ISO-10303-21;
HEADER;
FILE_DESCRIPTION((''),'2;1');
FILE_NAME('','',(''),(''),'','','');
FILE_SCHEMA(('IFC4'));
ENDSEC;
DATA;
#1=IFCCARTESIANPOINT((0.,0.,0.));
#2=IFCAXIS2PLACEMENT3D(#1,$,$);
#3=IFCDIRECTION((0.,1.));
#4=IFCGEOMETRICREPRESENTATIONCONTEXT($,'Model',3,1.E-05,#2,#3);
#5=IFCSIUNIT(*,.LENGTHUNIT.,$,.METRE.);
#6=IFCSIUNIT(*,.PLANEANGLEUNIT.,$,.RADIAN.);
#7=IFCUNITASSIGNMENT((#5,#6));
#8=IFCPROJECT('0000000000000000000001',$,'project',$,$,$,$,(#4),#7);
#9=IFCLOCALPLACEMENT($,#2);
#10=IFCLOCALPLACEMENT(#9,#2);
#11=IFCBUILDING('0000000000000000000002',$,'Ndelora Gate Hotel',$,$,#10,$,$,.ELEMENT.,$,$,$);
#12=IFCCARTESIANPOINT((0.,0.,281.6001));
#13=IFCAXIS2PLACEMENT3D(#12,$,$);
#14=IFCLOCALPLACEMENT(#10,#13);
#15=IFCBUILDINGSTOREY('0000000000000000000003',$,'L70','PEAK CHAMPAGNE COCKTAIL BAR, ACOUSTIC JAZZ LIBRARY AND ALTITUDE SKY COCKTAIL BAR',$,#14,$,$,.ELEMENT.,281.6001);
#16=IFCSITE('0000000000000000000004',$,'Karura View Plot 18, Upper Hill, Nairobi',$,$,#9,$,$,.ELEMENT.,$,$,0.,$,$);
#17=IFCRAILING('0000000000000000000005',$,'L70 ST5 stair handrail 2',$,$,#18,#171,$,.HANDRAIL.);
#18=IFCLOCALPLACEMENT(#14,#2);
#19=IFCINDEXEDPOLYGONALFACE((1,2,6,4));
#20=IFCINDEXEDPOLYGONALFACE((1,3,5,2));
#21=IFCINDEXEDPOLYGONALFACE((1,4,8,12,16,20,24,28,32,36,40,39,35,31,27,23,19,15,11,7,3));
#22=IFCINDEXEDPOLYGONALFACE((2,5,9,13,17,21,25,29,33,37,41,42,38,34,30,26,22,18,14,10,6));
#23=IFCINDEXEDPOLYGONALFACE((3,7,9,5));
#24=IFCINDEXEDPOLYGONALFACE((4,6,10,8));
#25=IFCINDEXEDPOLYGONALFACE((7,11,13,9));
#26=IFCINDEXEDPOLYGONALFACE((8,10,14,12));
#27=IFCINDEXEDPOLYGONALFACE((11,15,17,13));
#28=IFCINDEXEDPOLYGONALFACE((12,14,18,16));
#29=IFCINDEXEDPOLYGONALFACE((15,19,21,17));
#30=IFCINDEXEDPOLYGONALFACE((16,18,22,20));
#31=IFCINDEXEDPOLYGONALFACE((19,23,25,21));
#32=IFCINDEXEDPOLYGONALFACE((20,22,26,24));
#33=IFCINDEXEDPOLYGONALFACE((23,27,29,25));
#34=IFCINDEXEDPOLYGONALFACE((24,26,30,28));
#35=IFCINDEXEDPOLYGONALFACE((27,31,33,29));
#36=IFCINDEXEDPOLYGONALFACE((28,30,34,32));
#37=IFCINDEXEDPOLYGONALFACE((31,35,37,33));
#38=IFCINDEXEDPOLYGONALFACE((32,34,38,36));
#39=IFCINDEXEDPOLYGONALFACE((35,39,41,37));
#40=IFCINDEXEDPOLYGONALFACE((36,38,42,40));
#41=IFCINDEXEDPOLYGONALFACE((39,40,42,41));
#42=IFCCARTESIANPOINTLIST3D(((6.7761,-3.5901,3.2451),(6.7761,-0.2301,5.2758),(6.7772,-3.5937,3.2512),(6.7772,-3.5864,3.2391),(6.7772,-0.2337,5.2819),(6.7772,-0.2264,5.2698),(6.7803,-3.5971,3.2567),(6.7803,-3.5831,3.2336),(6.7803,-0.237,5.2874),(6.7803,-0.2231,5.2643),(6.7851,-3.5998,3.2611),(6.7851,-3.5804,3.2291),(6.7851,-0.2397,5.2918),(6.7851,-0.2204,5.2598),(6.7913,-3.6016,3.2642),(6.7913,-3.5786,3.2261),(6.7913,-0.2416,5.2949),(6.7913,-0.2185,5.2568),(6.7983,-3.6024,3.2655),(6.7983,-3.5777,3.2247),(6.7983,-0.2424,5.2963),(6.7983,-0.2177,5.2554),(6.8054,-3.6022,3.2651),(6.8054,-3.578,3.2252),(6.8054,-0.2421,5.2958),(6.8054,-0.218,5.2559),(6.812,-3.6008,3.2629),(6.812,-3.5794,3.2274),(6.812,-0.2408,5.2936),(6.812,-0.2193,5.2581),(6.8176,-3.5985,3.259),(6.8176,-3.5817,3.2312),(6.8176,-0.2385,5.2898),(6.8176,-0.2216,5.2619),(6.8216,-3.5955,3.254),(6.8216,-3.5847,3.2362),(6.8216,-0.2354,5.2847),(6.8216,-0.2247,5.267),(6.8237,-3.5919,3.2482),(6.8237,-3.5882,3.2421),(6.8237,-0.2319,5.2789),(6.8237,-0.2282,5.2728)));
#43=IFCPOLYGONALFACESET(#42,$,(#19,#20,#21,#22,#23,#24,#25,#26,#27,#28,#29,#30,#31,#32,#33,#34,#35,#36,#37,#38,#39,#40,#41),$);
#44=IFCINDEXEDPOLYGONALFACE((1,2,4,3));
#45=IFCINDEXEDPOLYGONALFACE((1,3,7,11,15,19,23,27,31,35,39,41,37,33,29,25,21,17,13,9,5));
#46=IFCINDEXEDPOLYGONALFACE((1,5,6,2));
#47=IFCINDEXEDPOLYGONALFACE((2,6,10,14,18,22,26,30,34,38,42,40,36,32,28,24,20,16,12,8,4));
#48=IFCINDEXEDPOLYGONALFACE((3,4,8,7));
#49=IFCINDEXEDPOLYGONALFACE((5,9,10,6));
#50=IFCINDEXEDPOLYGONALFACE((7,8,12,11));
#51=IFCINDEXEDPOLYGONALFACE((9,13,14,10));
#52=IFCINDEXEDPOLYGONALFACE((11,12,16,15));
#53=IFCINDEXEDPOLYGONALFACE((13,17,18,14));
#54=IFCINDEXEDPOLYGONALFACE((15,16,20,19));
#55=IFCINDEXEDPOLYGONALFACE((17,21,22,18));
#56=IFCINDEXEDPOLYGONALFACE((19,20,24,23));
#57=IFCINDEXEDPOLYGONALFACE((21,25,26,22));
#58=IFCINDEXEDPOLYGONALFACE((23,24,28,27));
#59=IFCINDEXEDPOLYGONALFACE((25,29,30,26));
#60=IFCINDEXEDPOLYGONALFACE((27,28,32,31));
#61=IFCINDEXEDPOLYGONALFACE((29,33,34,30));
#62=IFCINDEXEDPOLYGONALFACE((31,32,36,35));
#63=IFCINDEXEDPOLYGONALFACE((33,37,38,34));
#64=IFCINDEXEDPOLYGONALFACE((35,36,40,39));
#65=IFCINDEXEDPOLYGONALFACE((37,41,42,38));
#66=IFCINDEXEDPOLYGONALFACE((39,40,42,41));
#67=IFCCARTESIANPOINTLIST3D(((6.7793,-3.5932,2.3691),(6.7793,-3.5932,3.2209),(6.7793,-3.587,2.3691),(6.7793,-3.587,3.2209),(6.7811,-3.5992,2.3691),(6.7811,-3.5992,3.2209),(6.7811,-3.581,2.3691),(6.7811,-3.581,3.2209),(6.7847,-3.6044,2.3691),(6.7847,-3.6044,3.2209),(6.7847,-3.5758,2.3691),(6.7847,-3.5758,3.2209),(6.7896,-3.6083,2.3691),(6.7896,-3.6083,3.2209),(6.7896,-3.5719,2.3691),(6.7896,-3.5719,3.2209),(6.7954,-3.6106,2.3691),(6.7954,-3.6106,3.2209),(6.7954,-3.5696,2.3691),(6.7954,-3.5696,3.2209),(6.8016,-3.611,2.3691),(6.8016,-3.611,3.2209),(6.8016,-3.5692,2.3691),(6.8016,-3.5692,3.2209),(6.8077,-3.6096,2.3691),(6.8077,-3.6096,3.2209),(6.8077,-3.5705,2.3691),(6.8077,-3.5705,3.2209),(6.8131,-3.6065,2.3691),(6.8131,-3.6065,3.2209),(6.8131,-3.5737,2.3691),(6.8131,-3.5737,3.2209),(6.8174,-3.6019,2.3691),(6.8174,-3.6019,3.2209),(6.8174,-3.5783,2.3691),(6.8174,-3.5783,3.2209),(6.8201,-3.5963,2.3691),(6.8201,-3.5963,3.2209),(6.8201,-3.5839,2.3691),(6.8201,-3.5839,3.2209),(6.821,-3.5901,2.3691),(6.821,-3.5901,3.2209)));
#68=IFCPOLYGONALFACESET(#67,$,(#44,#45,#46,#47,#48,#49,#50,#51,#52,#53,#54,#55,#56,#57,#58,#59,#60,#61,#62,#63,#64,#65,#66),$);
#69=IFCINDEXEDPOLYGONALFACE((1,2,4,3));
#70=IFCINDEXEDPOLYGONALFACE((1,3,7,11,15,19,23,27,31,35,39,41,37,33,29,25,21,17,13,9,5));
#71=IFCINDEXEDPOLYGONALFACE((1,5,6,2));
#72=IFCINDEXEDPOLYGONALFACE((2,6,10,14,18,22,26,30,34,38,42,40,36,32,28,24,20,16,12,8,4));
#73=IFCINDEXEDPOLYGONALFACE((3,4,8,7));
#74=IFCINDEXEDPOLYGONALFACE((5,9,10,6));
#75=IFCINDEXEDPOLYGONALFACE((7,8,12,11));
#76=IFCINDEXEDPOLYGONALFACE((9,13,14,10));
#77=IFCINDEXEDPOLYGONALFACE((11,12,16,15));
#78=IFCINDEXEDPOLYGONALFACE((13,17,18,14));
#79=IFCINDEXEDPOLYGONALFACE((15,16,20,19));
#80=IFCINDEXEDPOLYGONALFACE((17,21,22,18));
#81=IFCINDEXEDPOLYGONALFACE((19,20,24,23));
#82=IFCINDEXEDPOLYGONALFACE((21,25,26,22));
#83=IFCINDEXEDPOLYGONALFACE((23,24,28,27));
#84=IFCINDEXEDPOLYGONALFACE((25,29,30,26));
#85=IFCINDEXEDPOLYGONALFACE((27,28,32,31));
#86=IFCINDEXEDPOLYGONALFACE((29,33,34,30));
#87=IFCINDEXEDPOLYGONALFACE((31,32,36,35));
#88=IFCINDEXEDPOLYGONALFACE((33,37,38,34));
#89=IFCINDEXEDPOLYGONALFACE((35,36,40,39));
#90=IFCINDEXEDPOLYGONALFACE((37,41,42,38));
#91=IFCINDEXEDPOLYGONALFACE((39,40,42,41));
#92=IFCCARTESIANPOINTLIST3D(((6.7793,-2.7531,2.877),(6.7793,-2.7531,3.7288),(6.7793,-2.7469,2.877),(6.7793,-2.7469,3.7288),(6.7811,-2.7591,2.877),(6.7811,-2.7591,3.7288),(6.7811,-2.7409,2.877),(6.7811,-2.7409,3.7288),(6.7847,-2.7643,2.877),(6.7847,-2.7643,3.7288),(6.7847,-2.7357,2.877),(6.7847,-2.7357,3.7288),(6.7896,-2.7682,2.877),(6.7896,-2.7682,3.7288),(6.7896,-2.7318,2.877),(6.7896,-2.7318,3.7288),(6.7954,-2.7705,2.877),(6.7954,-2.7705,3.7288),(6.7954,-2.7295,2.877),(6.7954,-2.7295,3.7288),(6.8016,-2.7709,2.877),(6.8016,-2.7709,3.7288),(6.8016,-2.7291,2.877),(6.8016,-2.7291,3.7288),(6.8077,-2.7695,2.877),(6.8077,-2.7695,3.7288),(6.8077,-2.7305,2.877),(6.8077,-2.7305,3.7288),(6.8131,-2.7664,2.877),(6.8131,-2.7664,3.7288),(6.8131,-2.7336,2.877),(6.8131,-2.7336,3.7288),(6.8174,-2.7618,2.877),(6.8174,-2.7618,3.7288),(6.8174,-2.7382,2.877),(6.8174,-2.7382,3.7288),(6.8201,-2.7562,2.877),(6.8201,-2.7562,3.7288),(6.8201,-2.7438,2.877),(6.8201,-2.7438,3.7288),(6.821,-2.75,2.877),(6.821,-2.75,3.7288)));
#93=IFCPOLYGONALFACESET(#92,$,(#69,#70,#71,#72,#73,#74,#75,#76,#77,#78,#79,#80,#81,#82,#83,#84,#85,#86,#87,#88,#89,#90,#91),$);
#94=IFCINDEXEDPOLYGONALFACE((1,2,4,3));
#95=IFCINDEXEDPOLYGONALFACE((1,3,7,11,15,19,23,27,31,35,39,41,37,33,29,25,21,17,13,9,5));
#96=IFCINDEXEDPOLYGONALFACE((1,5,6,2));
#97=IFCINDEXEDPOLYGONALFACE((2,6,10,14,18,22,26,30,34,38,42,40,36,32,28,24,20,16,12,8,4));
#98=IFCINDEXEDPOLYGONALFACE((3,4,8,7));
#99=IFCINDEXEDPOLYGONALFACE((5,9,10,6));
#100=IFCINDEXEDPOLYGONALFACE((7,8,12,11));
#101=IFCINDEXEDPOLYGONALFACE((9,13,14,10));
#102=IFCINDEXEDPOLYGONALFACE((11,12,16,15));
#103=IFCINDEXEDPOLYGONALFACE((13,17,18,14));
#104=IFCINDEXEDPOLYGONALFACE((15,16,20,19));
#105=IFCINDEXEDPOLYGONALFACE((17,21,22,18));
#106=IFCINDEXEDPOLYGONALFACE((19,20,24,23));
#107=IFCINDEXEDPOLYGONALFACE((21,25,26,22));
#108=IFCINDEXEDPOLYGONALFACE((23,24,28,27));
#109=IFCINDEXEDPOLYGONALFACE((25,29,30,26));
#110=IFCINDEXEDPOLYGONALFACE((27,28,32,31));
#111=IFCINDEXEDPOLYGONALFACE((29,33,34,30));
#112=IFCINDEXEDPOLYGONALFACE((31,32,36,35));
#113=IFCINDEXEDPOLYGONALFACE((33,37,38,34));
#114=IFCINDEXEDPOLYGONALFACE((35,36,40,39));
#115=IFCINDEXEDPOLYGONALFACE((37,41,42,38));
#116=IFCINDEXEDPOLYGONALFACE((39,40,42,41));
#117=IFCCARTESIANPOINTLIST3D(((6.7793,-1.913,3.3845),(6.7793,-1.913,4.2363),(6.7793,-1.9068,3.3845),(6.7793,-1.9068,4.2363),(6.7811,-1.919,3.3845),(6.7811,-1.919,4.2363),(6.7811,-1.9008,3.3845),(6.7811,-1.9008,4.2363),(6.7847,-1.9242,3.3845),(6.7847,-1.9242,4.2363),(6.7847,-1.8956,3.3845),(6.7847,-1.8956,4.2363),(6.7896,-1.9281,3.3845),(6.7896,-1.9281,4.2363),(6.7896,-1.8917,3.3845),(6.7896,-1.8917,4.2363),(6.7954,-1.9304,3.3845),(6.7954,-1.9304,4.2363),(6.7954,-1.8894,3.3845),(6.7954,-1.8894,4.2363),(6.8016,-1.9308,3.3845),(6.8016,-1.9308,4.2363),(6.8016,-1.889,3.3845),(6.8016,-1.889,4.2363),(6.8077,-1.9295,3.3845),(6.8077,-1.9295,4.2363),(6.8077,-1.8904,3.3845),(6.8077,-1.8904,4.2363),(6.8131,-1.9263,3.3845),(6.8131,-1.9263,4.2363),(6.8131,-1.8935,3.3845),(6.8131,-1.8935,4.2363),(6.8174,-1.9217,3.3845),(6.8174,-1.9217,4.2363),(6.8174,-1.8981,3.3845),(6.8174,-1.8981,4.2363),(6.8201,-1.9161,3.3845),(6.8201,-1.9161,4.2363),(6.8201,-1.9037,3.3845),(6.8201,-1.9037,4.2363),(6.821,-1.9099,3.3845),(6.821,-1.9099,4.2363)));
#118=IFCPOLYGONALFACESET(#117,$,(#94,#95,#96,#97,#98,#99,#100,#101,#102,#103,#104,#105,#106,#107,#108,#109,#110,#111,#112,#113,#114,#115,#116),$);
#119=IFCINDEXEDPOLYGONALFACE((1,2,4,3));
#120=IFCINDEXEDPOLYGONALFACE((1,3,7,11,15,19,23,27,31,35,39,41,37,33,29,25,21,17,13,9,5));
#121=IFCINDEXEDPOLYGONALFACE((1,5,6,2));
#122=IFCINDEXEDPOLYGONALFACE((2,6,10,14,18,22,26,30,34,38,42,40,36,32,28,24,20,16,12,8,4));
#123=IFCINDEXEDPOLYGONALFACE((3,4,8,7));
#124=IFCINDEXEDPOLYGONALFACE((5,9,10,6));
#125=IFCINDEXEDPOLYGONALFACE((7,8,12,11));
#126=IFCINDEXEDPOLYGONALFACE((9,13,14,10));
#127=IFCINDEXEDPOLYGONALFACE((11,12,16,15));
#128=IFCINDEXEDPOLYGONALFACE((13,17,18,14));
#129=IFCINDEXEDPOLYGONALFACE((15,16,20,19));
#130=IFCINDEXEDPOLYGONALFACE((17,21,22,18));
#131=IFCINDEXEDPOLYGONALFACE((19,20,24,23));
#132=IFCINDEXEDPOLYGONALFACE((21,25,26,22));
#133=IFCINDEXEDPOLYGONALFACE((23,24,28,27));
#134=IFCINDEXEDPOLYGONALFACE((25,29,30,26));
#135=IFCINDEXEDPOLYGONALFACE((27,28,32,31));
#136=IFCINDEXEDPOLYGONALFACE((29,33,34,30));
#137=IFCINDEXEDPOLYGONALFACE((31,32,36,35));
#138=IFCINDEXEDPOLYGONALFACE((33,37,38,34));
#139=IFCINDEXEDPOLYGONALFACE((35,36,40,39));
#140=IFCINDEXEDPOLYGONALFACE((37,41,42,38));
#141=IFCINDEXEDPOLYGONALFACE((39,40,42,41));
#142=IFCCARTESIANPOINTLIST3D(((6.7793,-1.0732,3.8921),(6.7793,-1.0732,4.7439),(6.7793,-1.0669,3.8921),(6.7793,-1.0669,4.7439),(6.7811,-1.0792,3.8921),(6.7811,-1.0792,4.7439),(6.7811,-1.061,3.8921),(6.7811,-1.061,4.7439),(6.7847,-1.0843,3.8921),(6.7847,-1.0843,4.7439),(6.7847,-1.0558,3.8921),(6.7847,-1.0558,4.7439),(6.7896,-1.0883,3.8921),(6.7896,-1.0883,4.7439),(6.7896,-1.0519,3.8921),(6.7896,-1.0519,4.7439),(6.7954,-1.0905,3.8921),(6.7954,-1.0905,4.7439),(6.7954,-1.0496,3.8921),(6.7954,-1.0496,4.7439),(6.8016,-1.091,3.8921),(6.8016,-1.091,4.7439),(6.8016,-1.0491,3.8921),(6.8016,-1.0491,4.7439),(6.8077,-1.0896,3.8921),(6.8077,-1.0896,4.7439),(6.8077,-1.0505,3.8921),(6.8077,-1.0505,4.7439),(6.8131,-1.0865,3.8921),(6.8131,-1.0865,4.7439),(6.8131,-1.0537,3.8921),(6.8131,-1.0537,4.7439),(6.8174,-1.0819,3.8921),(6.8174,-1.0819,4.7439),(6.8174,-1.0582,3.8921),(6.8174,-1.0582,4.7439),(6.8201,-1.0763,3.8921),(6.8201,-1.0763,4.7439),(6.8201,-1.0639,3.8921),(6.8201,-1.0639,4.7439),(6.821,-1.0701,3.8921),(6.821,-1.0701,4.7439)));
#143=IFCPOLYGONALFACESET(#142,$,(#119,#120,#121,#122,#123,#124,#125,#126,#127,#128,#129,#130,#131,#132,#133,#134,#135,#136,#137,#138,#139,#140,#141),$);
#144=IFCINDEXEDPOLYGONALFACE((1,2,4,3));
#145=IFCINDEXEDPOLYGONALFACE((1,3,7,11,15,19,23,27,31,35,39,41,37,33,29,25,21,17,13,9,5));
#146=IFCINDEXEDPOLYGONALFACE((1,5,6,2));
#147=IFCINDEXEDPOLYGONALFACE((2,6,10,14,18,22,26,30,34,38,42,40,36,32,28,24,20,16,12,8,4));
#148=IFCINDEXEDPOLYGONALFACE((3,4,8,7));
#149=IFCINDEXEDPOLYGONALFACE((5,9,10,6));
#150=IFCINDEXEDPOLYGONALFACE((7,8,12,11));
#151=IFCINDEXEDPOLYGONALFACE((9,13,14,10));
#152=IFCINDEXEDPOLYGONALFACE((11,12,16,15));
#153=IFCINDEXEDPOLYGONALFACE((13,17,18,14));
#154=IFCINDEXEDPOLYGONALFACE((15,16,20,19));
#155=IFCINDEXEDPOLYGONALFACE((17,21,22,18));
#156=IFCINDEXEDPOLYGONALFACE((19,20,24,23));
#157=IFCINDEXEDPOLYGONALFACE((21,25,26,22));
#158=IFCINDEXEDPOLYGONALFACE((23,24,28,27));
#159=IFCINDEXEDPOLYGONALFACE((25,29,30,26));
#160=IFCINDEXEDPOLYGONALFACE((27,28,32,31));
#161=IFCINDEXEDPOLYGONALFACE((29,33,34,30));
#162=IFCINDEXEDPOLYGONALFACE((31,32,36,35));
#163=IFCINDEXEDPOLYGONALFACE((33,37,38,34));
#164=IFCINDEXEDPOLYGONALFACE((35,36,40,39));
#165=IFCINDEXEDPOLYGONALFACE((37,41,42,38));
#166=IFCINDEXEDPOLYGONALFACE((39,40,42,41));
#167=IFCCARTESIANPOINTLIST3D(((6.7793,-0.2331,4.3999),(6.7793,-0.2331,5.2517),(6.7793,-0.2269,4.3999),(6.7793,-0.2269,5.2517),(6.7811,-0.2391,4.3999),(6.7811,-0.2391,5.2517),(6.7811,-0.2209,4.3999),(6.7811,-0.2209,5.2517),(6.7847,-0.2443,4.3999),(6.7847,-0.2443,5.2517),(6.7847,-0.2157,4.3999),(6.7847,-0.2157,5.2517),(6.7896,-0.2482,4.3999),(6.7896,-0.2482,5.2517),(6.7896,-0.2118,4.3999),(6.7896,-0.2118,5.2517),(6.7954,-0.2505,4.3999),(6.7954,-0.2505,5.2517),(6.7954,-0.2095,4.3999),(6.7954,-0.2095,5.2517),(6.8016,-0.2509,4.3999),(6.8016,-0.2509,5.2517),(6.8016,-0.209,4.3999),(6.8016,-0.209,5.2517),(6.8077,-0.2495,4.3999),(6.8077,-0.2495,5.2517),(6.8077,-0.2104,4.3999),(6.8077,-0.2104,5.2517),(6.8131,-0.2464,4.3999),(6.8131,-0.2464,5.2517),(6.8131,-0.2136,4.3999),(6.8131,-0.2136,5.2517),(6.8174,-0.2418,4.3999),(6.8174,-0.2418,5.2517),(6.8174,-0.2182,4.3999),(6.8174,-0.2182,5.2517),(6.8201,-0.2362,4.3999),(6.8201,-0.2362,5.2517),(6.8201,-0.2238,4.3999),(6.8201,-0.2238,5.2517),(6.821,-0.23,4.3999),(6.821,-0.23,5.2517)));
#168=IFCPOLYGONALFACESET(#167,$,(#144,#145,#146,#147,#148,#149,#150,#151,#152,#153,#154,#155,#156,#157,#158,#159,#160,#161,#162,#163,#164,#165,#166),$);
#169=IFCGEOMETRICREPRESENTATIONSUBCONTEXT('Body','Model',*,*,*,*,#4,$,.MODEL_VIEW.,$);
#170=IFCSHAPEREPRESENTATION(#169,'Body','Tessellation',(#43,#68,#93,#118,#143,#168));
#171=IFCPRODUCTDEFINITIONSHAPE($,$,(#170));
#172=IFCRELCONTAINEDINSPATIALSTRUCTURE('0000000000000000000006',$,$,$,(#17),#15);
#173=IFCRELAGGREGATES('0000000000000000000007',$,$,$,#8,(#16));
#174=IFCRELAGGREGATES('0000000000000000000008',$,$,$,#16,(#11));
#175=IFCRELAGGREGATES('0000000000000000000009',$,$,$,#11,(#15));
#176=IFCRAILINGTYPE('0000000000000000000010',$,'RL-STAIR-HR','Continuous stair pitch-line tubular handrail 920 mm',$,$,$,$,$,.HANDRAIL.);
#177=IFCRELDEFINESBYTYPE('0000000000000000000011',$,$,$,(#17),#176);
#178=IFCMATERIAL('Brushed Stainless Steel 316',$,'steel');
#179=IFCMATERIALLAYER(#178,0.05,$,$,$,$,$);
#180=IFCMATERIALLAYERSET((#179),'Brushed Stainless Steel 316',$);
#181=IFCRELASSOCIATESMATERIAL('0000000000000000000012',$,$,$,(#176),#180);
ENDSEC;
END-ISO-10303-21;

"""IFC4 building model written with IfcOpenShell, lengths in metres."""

from ifc_helpers import new_model, si_unit, direction, frame, origin, origin_2d, place, context, subcontext, project, spatial, circle, extrude, material, layer, layer_set, type_object, element, save


model = new_model("IFC4")

# Units and contexts
model_context = context("Model", 3, precision=1e-05, world=origin(), true_north=direction((0.0, 1.0)))
body_context = subcontext(model_context, "Body", "Model", "MODEL_VIEW")
ifc_project = project(units=[si_unit("LENGTHUNIT", "METRE"), si_unit("PLANEANGLEUNIT", "RADIAN")], contexts=[model_context])

# Site, building, storey
site_placement = place(None, origin())
site = spatial("IfcSite", under=ifc_project, at=site_placement, Name="Karura View Plot 18, Upper Hill, Nairobi", CompositionType="ELEMENT", RefElevation=0.0)
building_placement = place(site_placement, origin())
building = spatial("IfcBuilding", under=site, at=building_placement, Name="Ndelora Gate Hotel", CompositionType="ELEMENT")
storey_placement = place(building_placement, frame((0.0, 0.0, 281.6001)))
storey = spatial("IfcBuildingStorey", under=building, at=storey_placement, Name="L70", Description="PEAK CHAMPAGNE COCKTAIL BAR, ACOUSTIC JAZZ LIBRARY AND ALTITUDE SKY COCKTAIL BAR", CompositionType="ELEMENT", Elevation=281.6001)

# Railing
ifc_material_1 = material(Name="Brushed Stainless Steel 316", Category="steel")
ifc_layer_1 = layer(ifc_material_1, 0.05)
ifc_layer_set_1 = layer_set([ifc_layer_1], Name="Brushed Stainless Steel 316")
railing_type_1 = type_object("IfcRailingType", Name="RL-STAIR-HR", Description="Continuous stair pitch-line tubular handrail 920 mm", PredefinedType="HANDRAIL", material=ifc_layer_set_1)
railing_1_placement = place(storey_placement, frame((6.8, -3.5901, 2.3691)))
element("IfcRailing", 1, at=railing_1_placement, inside=storey, type_object=railing_type_1, Name="L70 ST5 stair handrail 2", PredefinedType="HANDRAIL", context=body_context, shape_type="SweptSolid", body=[
    extrude(circle(Radius=0.0239, at=origin_2d()), frame((0.0, 0.0, 0.876), z_axis=(0.0, 0.855837, 0.517246), x_axis=(-1.0, 0.0, 0.0)), (0.0, 0.0, 1.0), 3.926),
    extrude(circle(Radius=0.021, at=origin_2d()), origin(), (0.0, 0.0, 1.0), 0.8518),
    extrude(circle(Radius=0.021, at=origin_2d()), frame((0.0, 0.8401, 0.5078)), (0.0, 0.0, 1.0), 0.8518),
    extrude(circle(Radius=0.021, at=origin_2d()), frame((0.0, 1.6802, 1.0154)), (0.0, 0.0, 1.0), 0.8518),
    extrude(circle(Radius=0.021, at=origin_2d()), frame((0.0, 2.52, 1.5229)), (0.0, 0.0, 1.0), 0.8518),
    extrude(circle(Radius=0.021, at=origin_2d()), frame((0.0, 3.3601, 2.0308)), (0.0, 0.0, 1.0), 0.8518),
])

save(model, "model.ifc")
